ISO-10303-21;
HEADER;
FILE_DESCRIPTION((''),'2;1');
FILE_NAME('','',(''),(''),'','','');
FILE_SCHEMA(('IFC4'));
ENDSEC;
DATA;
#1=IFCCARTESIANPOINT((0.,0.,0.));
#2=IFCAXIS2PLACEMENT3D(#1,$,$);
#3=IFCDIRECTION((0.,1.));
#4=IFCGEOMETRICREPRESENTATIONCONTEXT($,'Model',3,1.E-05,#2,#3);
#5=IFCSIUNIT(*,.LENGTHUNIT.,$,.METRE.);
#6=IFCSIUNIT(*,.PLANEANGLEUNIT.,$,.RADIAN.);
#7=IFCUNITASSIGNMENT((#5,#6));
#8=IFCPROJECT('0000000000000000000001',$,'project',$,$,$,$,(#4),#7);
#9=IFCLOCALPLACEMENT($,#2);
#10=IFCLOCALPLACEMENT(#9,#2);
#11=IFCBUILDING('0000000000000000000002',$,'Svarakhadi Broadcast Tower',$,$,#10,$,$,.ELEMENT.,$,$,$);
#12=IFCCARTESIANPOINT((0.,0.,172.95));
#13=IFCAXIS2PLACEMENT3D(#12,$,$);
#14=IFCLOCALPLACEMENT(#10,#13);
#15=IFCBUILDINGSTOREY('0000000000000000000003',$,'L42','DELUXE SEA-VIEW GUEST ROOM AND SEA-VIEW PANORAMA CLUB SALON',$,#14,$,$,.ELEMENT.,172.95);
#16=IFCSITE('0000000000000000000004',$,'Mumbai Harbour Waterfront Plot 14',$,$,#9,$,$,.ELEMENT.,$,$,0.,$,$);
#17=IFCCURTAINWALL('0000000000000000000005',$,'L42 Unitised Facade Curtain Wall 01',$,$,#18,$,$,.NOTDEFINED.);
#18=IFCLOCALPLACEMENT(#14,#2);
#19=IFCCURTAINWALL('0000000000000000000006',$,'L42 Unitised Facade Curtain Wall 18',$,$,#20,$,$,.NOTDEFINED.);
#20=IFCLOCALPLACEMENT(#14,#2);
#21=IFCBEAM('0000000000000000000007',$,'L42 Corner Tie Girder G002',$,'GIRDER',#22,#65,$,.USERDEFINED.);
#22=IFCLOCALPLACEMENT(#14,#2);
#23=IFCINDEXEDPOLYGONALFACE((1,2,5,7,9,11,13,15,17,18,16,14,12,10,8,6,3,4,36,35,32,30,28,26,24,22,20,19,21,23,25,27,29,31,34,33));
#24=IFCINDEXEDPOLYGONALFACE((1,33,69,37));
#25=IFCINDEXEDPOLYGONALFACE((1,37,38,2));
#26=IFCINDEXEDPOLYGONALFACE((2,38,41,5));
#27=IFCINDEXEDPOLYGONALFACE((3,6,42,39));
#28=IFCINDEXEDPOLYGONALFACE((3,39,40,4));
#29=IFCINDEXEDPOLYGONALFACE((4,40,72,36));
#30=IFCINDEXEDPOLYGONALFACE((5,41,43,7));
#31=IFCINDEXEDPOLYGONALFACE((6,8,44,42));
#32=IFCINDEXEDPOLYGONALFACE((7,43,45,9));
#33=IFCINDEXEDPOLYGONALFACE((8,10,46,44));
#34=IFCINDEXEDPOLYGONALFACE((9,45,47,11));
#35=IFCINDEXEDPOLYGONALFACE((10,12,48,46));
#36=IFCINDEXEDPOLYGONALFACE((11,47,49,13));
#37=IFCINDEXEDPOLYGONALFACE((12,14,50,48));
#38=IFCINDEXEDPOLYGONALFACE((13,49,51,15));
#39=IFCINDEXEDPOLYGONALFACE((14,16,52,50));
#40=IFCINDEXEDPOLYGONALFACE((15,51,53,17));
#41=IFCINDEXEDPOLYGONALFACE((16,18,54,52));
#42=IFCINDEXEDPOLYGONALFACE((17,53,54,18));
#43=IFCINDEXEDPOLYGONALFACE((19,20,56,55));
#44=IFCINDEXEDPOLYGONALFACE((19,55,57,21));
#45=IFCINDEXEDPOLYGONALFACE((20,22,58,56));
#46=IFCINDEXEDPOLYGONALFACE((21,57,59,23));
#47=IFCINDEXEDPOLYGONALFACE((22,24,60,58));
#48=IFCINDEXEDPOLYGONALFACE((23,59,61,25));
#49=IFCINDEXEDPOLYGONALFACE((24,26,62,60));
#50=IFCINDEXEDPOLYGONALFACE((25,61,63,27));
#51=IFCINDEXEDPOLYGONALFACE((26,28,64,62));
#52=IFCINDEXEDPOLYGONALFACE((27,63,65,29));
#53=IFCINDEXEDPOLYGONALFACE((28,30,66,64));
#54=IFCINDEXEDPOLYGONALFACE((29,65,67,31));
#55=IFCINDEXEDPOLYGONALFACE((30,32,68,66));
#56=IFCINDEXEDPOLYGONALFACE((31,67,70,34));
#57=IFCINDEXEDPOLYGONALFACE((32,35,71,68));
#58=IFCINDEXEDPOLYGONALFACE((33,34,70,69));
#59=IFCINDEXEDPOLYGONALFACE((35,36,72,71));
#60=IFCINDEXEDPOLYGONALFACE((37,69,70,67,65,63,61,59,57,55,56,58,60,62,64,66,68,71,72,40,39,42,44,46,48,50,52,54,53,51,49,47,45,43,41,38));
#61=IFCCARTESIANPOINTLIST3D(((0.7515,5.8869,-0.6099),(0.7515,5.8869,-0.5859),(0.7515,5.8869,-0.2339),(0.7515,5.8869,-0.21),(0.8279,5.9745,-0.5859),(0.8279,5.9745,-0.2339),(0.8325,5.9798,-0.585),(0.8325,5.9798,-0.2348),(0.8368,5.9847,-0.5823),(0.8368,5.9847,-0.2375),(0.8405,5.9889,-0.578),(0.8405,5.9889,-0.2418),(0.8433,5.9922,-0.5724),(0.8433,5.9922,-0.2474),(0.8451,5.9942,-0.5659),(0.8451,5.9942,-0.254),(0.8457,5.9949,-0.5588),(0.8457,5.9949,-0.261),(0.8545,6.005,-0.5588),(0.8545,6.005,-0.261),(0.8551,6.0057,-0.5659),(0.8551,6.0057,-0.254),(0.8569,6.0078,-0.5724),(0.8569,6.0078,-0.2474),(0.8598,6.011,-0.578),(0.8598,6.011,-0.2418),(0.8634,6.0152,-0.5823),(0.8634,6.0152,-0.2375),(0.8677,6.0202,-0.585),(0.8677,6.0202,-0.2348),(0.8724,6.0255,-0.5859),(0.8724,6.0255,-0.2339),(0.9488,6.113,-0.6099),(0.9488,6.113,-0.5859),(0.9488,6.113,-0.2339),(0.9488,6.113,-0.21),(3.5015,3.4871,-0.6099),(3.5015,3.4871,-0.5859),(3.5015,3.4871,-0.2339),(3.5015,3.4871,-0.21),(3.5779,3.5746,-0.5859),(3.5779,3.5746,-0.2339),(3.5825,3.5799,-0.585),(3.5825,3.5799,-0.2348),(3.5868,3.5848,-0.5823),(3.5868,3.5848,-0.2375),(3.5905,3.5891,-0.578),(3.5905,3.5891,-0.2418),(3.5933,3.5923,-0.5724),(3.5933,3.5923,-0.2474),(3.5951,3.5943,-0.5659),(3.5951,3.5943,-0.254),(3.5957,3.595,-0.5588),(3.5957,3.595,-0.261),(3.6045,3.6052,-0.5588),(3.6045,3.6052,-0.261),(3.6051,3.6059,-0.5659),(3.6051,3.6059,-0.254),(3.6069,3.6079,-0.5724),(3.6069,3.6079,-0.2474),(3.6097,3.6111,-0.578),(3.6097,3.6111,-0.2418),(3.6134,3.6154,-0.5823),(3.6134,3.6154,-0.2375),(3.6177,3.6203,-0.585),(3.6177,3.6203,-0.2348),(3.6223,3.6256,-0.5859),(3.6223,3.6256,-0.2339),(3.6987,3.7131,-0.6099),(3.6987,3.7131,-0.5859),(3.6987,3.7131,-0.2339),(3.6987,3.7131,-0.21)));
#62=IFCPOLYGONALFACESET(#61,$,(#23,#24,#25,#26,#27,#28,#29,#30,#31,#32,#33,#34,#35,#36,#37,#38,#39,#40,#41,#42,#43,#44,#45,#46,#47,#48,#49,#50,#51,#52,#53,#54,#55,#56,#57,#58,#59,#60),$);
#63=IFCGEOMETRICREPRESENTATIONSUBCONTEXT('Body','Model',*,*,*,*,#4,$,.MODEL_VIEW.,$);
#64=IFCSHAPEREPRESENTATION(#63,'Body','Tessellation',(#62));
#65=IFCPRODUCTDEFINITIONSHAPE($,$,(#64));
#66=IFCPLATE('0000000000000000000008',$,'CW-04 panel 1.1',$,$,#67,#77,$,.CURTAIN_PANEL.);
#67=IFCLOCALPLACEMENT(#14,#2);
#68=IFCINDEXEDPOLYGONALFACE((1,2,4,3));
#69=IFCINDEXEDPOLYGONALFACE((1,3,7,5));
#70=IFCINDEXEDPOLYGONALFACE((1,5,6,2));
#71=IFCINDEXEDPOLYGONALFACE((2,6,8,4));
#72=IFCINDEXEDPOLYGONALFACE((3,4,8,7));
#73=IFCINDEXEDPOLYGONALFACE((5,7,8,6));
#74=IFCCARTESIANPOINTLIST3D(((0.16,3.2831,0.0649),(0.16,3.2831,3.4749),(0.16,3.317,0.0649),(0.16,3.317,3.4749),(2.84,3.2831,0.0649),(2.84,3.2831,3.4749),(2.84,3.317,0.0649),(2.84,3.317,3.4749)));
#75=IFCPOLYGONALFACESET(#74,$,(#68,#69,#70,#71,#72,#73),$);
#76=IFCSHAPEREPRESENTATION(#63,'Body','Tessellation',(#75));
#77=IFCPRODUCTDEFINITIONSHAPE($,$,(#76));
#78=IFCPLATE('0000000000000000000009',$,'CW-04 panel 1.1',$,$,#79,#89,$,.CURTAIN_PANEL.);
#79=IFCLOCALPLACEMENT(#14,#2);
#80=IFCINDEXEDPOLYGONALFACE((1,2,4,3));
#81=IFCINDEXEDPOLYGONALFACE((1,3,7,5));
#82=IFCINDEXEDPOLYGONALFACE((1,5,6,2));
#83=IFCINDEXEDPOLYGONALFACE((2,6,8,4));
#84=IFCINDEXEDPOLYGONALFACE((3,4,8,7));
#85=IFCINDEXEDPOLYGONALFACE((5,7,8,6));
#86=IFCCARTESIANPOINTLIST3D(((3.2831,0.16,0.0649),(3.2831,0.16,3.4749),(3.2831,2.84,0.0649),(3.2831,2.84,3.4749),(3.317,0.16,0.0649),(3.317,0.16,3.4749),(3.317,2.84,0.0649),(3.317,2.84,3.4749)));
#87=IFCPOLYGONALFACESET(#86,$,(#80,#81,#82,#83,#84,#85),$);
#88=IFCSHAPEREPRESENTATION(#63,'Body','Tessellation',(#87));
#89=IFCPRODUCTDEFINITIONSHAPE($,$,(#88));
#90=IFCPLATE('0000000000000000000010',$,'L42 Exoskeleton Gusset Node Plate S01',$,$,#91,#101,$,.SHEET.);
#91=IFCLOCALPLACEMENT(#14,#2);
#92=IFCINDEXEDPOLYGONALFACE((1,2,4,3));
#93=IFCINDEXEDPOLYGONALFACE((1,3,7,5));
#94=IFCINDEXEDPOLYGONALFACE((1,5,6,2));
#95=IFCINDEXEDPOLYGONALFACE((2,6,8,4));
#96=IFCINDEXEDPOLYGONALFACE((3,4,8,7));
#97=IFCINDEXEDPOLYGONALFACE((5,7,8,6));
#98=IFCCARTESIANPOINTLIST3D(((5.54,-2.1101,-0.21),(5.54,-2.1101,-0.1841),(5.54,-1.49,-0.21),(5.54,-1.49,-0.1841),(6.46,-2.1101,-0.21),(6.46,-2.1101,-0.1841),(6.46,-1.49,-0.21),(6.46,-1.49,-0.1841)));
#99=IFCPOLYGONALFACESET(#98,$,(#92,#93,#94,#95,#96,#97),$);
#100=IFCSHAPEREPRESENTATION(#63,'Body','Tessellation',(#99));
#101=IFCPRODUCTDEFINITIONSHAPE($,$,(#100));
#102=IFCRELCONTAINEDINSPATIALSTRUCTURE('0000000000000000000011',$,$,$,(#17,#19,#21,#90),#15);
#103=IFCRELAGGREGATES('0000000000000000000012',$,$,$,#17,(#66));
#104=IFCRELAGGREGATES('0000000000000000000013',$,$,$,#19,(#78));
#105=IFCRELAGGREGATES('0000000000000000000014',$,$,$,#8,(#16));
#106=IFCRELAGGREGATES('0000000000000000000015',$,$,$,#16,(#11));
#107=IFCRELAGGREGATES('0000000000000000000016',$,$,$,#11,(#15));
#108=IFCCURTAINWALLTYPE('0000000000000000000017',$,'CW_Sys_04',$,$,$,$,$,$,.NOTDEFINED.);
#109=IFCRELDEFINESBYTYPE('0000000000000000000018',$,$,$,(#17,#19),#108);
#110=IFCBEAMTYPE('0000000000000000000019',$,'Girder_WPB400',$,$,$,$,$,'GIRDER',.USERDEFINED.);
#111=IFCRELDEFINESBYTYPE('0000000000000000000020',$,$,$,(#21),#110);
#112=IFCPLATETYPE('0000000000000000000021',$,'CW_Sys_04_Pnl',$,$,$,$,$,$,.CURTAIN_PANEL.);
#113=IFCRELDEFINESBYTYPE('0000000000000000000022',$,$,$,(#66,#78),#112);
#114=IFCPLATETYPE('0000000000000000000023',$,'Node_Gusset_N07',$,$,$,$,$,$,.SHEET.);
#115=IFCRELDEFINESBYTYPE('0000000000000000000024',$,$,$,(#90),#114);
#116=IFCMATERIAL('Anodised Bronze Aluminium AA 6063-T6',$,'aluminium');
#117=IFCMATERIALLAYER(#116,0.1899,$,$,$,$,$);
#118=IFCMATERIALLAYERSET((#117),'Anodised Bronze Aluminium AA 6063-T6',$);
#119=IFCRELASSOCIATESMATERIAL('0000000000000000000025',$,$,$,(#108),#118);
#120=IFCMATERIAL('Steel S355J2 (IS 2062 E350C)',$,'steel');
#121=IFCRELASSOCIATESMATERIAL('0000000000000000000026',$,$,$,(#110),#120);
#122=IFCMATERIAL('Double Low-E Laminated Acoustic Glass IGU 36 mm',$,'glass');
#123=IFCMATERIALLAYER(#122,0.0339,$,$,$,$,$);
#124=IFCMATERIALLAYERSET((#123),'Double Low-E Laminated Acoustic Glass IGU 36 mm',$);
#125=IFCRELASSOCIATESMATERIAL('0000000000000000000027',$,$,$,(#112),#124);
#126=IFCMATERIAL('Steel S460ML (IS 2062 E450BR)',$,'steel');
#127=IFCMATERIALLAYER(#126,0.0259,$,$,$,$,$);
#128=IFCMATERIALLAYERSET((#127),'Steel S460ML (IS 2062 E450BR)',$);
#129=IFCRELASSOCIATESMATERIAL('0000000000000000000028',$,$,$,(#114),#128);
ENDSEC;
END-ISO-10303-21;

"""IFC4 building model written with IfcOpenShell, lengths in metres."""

from ifc_helpers import new_model, si_unit, direction, frame, origin, origin_2d, place, context, subcontext, project, spatial, rectangle, i_section, extrude, material, layer, layer_set, material_profile, profile_set, type_object, element, aggregate, save


model = new_model("IFC4")

# Units and contexts
model_context = context("Model", 3, precision=1e-05, world=origin(), true_north=direction((0.0, 1.0)))
body_context = subcontext(model_context, "Body", "Model", "MODEL_VIEW")
ifc_project = project(units=[si_unit("LENGTHUNIT", "METRE"), si_unit("PLANEANGLEUNIT", "RADIAN")], contexts=[model_context])

# Site, building, storey
site_placement = place(None, origin())
site = spatial("IfcSite", under=ifc_project, at=site_placement, Name="Mumbai Harbour Waterfront Plot 14", CompositionType="ELEMENT", RefElevation=0.0)
building_placement = place(site_placement, origin())
building = spatial("IfcBuilding", under=site, at=building_placement, Name="Svarakhadi Broadcast Tower", CompositionType="ELEMENT")
storey_placement = place(building_placement, frame((0.0, 0.0, 172.95)))
storey = spatial("IfcBuildingStorey", under=building, at=storey_placement, Name="L42", Description="DELUXE SEA-VIEW GUEST ROOM AND SEA-VIEW PANORAMA CLUB SALON", CompositionType="ELEMENT", Elevation=172.95)

# Shared definitions
ifc_material_1 = material(Name="Steel S460ML (IS 2062 E450BR)", Category="steel")

# Curtain wall
ifc_material_2 = material(Name="Anodised Bronze Aluminium AA 6063-T6", Category="aluminium")
ifc_layer_1 = layer(ifc_material_2, 0.1899)
ifc_layer_set_1 = layer_set([ifc_layer_1], Name="Anodised Bronze Aluminium AA 6063-T6")
curtain_wall_type = type_object("IfcCurtainWallType", Name="CW_Sys_04", PredefinedType="NOTDEFINED", material=ifc_layer_set_1)
curtain_wall_1_placement = place(storey_placement, origin())
curtain_wall_1 = element("IfcCurtainWall", 1, at=curtain_wall_1_placement, inside=storey, type_object=curtain_wall_type, Name="L42 Unitised Facade Curtain Wall 01", PredefinedType="NOTDEFINED")

# Curtain wall
curtain_wall_2_placement = place(storey_placement, origin())
curtain_wall_2 = element("IfcCurtainWall", 2, at=curtain_wall_2_placement, inside=storey, type_object=curtain_wall_type, Name="L42 Unitised Facade Curtain Wall 18", PredefinedType="NOTDEFINED")

# Beam
ifc_material_3 = material(Name="Steel S355J2 (IS 2062 E350C)", Category="steel")
ifc_material_profile_1 = material_profile(ifc_material_3, i_section(OverallWidth=0.3, OverallDepth=0.3999, WebThickness=0.0134, FlangeThickness=0.0239, FilletRadius=0.0271, at=origin_2d()), Name="WPB 400x300x155")
ifc_profile_set_1 = profile_set([ifc_material_profile_1], Name="Steel S355J2 (IS 2062 E350C)")
beam_type = type_object("IfcBeamType", Name="Girder_WPB400", ElementType="GIRDER", PredefinedType="USERDEFINED", material=ifc_profile_set_1)
beam_1_placement = place(storey_placement, frame((3.6001, 3.6001, -0.4099), z_axis=(-0.753438, 0.657519, 0.0), x_axis=(-0.657519, -0.753438, 0.0)))
element("IfcBeam", 3, at=beam_1_placement, inside=storey, type_object=beam_type, Name="L42 Corner Tie Girder G002", ObjectType="GIRDER", PredefinedType="USERDEFINED", context=body_context, shape_type="SweptSolid", body=[
    extrude(i_section(OverallWidth=0.3, OverallDepth=0.3999, WebThickness=0.0134, FlangeThickness=0.0239, FilletRadius=0.0271, at=origin_2d()), origin(), (0.0, 0.0, 1.0), 3.6499),
])

# Plates
ifc_material_4 = material(Name="Double Low-E Laminated Acoustic Glass IGU 36 mm", Category="glass")
ifc_layer_2 = layer(ifc_material_4, 0.0339)
ifc_layer_set_2 = layer_set([ifc_layer_2], Name="Double Low-E Laminated Acoustic Glass IGU 36 mm")
plate_type_1 = type_object("IfcPlateType", Name="CW_Sys_04_Pnl", PredefinedType="CURTAIN_PANEL", material=ifc_layer_set_2)
plate_1_placement = place(storey_placement, frame((1.5, 3.3, 0.0649), z_axis=(0.0, 0.0, 1.0), x_axis=(-1.0, 0.0, 0.0)))
plate_1 = element("IfcPlate", 4, at=plate_1_placement, type_object=plate_type_1, Name="CW-04 panel 1.1", PredefinedType="CURTAIN_PANEL", context=body_context, shape_type="SweptSolid", body=[
    extrude(rectangle(XDim=2.6799, YDim=0.0339, at=origin_2d()), origin(), (0.0, 0.0, 1.0), 3.4099),
])
aggregate(curtain_wall_1, [plate_1])
plate_2_placement = place(storey_placement, frame((3.3, 1.5, 0.0649), z_axis=(0.0, 0.0, 1.0), x_axis=(0.0, 1.0, 0.0)))
plate_2 = element("IfcPlate", 5, at=plate_2_placement, type_object=plate_type_1, Name="CW-04 panel 1.1", PredefinedType="CURTAIN_PANEL", context=body_context, shape_type="SweptSolid", body=[
    extrude(rectangle(XDim=2.6799, YDim=0.0339, at=origin_2d()), origin(), (0.0, 0.0, 1.0), 3.4099),
])
aggregate(curtain_wall_2, [plate_2])
ifc_layer_3 = layer(ifc_material_1, 0.0259)
ifc_layer_set_3 = layer_set([ifc_layer_3], Name="Steel S460ML (IS 2062 E450BR)")
plate_type_2 = type_object("IfcPlateType", Name="Node_Gusset_N07", PredefinedType="SHEET", material=ifc_layer_set_3)
plate_3_placement = place(storey_placement, frame((6.0, -1.8, -0.21), z_axis=(0.0, 0.0, 1.0), x_axis=(1.0, 0.0, 0.0)))
element("IfcPlate", 6, at=plate_3_placement, inside=storey, type_object=plate_type_2, Name="L42 Exoskeleton Gusset Node Plate S01", PredefinedType="SHEET", context=body_context, shape_type="SweptSolid", body=[
    extrude(rectangle(XDim=0.9199, YDim=0.6201, at=origin_2d()), origin(), (0.0, 0.0, 1.0), 0.0259),
])

save(model, "model.ifc")
